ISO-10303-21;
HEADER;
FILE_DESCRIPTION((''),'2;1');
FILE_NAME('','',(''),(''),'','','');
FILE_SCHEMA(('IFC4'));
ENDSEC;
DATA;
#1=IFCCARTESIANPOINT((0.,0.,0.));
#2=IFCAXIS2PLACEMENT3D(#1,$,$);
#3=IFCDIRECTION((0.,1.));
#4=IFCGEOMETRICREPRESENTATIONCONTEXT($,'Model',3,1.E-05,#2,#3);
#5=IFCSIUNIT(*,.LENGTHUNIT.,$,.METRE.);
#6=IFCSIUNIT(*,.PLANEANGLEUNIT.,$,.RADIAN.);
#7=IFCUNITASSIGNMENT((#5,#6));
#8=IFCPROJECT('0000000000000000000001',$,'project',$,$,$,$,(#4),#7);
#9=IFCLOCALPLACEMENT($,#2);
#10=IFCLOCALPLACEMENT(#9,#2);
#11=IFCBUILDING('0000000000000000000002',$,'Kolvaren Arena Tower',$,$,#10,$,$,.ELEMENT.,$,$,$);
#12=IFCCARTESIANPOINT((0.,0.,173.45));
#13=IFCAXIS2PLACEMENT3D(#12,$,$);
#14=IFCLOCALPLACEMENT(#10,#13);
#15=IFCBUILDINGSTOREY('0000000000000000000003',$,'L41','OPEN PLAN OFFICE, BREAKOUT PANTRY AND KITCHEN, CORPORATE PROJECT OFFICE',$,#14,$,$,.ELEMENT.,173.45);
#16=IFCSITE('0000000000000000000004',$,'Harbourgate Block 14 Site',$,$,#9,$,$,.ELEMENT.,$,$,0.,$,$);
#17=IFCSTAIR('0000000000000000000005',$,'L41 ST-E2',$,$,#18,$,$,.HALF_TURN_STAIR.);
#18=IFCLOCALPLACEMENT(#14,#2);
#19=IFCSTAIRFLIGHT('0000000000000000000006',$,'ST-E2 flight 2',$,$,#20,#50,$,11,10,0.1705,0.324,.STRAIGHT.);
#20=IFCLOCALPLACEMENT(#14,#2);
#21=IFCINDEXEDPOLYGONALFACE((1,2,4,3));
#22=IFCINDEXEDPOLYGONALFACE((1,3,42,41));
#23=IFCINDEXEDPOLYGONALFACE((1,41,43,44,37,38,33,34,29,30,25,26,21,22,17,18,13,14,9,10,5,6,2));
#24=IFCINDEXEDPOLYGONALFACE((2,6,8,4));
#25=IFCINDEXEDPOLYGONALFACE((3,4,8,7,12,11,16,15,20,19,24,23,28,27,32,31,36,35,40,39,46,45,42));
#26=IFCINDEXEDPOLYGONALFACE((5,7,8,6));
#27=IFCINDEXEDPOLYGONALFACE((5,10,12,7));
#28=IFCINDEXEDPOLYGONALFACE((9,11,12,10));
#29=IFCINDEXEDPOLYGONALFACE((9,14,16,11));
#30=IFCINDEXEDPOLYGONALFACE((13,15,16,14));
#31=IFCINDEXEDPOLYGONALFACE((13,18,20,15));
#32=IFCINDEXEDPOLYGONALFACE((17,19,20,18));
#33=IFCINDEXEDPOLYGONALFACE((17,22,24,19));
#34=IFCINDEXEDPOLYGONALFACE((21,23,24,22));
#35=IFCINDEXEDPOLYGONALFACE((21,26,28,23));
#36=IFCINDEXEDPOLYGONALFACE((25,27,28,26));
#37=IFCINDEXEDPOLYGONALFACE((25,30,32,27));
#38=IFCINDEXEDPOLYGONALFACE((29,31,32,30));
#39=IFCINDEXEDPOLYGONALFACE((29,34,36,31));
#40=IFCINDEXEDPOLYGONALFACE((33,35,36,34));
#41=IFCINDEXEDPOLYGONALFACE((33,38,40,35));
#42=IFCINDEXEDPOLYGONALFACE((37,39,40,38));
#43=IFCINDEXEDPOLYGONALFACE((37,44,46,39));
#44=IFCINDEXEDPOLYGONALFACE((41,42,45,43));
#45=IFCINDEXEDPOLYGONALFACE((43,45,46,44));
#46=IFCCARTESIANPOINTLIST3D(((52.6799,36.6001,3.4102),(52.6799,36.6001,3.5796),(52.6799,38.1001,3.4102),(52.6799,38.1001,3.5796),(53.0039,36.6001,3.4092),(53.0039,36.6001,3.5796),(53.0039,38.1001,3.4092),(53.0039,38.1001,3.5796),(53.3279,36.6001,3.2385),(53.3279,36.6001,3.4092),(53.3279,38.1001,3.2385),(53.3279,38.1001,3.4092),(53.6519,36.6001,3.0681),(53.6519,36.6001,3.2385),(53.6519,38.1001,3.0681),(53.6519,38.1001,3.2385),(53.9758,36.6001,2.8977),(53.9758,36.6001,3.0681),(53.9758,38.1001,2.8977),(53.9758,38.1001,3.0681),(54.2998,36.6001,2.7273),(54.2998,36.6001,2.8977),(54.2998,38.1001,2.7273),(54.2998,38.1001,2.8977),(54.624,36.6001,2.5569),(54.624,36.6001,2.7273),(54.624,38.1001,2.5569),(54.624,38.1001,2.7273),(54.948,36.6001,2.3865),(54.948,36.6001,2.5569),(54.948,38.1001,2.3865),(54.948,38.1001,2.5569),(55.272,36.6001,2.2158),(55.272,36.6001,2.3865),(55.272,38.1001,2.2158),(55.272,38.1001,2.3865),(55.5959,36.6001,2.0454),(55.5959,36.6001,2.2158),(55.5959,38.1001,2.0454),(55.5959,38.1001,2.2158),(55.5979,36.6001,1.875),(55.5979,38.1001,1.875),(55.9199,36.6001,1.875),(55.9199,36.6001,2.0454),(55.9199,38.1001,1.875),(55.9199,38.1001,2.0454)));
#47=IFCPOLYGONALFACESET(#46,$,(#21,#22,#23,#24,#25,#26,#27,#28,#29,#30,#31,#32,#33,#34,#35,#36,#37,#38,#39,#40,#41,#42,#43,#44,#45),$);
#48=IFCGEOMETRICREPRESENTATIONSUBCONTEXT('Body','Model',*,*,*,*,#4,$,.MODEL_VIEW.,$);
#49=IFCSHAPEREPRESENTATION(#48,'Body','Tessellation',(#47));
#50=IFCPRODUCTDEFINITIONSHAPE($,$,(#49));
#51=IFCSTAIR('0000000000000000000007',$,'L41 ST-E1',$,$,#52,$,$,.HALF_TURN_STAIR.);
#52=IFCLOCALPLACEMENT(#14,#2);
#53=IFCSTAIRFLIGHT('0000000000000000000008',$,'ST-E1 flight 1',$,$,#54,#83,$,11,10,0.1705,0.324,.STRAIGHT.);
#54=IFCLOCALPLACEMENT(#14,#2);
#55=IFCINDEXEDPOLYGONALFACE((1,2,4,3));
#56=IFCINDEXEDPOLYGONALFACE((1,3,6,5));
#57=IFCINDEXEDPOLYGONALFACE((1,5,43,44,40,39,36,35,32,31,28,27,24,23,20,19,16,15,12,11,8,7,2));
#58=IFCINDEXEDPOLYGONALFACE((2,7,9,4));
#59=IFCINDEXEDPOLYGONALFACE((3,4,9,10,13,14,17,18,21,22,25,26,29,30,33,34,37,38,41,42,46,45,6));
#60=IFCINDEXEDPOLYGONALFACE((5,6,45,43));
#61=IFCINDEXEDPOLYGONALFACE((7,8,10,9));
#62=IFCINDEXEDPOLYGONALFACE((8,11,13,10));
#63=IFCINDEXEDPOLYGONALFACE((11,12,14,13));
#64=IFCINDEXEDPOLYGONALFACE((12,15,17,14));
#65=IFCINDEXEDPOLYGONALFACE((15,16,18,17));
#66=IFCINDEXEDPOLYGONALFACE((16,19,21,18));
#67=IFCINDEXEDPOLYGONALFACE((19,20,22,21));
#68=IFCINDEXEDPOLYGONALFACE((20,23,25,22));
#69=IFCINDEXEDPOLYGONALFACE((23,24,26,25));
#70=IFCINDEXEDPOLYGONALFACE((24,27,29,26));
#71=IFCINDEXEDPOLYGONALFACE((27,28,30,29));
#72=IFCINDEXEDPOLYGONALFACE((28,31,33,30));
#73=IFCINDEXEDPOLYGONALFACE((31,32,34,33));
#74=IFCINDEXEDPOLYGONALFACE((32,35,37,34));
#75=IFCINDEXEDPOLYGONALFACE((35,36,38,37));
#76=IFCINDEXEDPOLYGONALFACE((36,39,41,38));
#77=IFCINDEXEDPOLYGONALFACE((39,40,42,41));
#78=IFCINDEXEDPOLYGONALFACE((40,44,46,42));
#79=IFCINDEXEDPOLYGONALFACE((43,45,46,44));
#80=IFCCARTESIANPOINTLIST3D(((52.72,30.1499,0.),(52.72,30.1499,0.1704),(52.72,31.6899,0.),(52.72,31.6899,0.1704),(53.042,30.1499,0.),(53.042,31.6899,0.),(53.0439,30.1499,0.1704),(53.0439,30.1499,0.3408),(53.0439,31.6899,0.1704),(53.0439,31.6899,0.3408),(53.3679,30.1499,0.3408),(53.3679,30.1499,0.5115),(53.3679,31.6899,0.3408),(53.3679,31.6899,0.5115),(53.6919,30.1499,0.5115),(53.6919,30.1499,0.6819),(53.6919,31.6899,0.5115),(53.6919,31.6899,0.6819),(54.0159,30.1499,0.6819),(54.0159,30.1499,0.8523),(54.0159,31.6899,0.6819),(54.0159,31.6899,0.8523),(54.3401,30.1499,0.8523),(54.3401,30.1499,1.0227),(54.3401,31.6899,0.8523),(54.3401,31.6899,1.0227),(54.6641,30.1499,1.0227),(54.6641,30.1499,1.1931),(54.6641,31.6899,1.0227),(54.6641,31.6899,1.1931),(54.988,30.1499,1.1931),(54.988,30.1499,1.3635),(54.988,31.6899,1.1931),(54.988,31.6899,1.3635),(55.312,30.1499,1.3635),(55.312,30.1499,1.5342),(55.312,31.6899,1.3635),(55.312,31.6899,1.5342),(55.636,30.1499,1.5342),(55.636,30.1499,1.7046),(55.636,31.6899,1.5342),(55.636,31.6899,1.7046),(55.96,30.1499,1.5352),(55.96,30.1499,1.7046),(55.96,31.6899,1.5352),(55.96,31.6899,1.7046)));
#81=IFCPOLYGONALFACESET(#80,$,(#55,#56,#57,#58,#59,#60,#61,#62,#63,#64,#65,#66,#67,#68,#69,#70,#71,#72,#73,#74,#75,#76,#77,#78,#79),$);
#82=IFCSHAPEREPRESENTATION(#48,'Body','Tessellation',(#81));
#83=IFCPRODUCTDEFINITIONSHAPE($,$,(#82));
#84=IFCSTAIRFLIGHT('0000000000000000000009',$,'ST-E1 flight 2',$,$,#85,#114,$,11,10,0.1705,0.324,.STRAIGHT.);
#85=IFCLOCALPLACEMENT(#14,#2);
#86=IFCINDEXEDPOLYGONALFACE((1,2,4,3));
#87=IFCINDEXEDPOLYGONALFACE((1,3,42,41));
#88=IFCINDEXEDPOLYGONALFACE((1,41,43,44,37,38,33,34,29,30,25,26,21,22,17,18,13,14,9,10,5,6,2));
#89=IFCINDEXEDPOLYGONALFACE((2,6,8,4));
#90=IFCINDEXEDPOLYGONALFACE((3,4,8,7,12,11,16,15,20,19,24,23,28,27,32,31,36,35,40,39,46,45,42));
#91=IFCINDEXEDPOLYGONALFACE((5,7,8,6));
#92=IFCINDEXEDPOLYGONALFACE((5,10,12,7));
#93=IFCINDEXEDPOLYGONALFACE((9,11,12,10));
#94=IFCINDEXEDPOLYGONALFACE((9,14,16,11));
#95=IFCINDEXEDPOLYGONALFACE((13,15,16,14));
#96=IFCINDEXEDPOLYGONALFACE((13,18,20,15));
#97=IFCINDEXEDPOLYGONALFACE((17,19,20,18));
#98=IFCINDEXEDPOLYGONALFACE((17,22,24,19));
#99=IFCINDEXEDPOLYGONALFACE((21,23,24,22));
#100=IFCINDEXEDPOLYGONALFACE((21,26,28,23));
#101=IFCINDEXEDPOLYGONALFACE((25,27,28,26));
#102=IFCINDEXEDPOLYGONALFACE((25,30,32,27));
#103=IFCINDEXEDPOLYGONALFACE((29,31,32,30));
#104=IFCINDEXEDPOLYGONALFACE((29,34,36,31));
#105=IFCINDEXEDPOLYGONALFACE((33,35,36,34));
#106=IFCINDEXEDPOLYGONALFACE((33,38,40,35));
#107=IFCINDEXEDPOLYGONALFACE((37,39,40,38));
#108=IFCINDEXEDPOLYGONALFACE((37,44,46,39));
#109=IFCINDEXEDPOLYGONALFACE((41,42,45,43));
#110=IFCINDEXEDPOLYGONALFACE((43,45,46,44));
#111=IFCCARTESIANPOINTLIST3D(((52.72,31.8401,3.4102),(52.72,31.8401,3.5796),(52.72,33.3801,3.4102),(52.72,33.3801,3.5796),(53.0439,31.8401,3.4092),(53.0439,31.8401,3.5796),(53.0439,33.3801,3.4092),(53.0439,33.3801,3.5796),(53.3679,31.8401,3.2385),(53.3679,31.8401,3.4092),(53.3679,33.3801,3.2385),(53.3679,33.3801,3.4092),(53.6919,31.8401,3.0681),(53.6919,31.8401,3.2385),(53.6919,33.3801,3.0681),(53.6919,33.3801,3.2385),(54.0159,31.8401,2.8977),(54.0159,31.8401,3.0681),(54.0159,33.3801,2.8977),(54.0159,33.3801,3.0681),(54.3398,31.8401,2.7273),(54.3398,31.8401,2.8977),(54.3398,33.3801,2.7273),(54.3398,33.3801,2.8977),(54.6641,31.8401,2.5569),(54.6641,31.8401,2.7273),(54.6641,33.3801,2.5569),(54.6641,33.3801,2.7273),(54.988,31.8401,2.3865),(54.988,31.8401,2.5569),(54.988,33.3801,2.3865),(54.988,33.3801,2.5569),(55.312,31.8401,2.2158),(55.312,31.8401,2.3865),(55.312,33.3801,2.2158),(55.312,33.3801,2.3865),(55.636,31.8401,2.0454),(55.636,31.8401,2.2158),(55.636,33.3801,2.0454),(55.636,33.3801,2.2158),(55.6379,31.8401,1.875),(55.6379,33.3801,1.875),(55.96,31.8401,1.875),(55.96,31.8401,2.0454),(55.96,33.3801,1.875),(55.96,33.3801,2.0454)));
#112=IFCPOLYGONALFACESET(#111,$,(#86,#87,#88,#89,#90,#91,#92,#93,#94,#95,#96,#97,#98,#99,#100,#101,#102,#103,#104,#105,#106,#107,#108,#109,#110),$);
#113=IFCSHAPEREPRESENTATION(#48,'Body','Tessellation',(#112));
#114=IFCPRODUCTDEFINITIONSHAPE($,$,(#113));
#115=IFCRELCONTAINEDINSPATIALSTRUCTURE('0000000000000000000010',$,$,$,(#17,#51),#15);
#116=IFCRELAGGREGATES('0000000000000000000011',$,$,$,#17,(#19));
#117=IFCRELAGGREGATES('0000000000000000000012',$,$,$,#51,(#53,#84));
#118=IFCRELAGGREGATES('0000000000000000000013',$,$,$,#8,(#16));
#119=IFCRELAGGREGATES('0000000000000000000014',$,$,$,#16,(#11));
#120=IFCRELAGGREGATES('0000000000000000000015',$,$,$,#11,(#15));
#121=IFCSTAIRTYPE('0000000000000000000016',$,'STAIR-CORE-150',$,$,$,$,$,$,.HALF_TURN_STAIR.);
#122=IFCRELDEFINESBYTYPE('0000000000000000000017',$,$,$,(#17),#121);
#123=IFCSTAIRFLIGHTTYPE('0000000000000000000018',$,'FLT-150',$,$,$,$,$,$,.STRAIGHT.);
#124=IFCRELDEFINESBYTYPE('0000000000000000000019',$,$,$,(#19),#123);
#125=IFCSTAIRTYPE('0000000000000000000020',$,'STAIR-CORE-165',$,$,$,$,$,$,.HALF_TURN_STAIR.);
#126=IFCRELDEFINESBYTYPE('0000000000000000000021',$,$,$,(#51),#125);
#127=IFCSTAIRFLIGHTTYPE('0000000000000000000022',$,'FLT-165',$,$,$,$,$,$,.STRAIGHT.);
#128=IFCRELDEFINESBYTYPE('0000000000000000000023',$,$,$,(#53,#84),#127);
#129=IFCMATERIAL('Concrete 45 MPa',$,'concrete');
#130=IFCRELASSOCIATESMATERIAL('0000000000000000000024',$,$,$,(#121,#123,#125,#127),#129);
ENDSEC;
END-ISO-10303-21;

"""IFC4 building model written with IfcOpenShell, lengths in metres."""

from ifc_helpers import new_model, si_unit, direction, frame, origin, place, context, subcontext, project, spatial, polyline, outline, extrude, material, type_object, element, aggregate, save


model = new_model("IFC4")

# Units and contexts
model_context = context("Model", 3, precision=1e-05, world=origin(), true_north=direction((0.0, 1.0)))
body_context = subcontext(model_context, "Body", "Model", "MODEL_VIEW")
ifc_project = project(units=[si_unit("LENGTHUNIT", "METRE"), si_unit("PLANEANGLEUNIT", "RADIAN")], contexts=[model_context])

# Site, building, storey
site_placement = place(None, origin())
site = spatial("IfcSite", under=ifc_project, at=site_placement, Name="Harbourgate Block 14 Site", CompositionType="ELEMENT", RefElevation=0.0)
building_placement = place(site_placement, origin())
building = spatial("IfcBuilding", under=site, at=building_placement, Name="Kolvaren Arena Tower", CompositionType="ELEMENT")
storey_placement = place(building_placement, frame((0.0, 0.0, 173.45)))
storey = spatial("IfcBuildingStorey", under=building, at=storey_placement, Name="L41", Description="OPEN PLAN OFFICE, BREAKOUT PANTRY AND KITCHEN, CORPORATE PROJECT OFFICE", CompositionType="ELEMENT", Elevation=173.45)

# Shared definitions
ifc_material_1 = material(Name="Concrete 45 MPa", Category="concrete")

# Stair, stair flight
stair_type_1 = type_object("IfcStairType", Name="STAIR-CORE-150", PredefinedType="HALF_TURN_STAIR", material=ifc_material_1)
stair_1_placement = place(storey_placement, origin())
stair_1 = element("IfcStair", 1, at=stair_1_placement, inside=storey, type_object=stair_type_1, Name="L41 ST-E2", PredefinedType="HALF_TURN_STAIR")
stair_flight_type_1 = type_object("IfcStairFlightType", Name="FLT-150", PredefinedType="STRAIGHT", material=ifc_material_1)
stair_flight_1_placement = place(storey_placement, frame((55.9199, 37.3501, 1.875), z_axis=(0.0, 0.0, 1.0), x_axis=(-1.0, 0.0, 0.0)))
stair_flight_1 = element("IfcStairFlight", 2, at=stair_flight_1_placement, type_object=stair_flight_type_1, Name="ST-E2 flight 2", NumberOfRisers=11, NumberOfTreads=10, PredefinedType="STRAIGHT", RiserHeight=0.1705, TreadLength=0.324, context=body_context, shape_type="SweptSolid", body=[
    extrude(outline(polyline([(0.0, 0.0), (0.0, 0.1704), (0.324, 0.1704), (0.324, 0.3408), (0.6479, 0.3408), (0.6479, 0.5115), (0.9719, 0.5115), (0.9719, 0.6819), (1.2959, 0.6819), (1.2959, 0.8523), (1.6201, 0.8523), (1.6201, 1.0227), (1.9441, 1.0227), (1.9441, 1.1931), (2.2681, 1.1931), (2.2681, 1.3635), (2.592, 1.3635), (2.592, 1.5342), (2.916, 1.5342), (2.916, 1.7046), (3.24, 1.7046), (3.24, 1.875), (3.24, 1.5352), (0.322, 0.0), (0.0, 0.0)])), frame((0.0, 0.75, 0.0), z_axis=(0.0, -1.0, 0.0), x_axis=(1.0, 0.0, 0.0)), (0.0, 0.0, 1.0), 1.5),
])
aggregate(stair_1, [stair_flight_1])

# Stair, stair flights
stair_type_2 = type_object("IfcStairType", Name="STAIR-CORE-165", PredefinedType="HALF_TURN_STAIR", material=ifc_material_1)
stair_2_placement = place(storey_placement, origin())
stair_2 = element("IfcStair", 3, at=stair_2_placement, inside=storey, type_object=stair_type_2, Name="L41 ST-E1", PredefinedType="HALF_TURN_STAIR")
stair_flight_type_2 = type_object("IfcStairFlightType", Name="FLT-165", PredefinedType="STRAIGHT", material=ifc_material_1)
stair_flight_2_placement = place(storey_placement, frame((52.72, 30.9199, 0.0), z_axis=(0.0, 0.0, 1.0), x_axis=(1.0, 0.0, 0.0)))
stair_flight_2 = element("IfcStairFlight", 4, at=stair_flight_2_placement, type_object=stair_flight_type_2, Name="ST-E1 flight 1", NumberOfRisers=11, NumberOfTreads=10, PredefinedType="STRAIGHT", RiserHeight=0.1705, TreadLength=0.324, context=body_context, shape_type="SweptSolid", body=[
    extrude(outline(polyline([(0.0, 0.0), (0.0, 0.1704), (0.324, 0.1704), (0.324, 0.3408), (0.6479, 0.3408), (0.6479, 0.5115), (0.9719, 0.5115), (0.9719, 0.6819), (1.2959, 0.6819), (1.2959, 0.8523), (1.6201, 0.8523), (1.6201, 1.0227), (1.9441, 1.0227), (1.9441, 1.1931), (2.2681, 1.1931), (2.2681, 1.3635), (2.592, 1.3635), (2.592, 1.5342), (2.916, 1.5342), (2.916, 1.7046), (3.24, 1.7046), (3.24, 1.875), (3.24, 1.5352), (0.322, 0.0), (0.0, 0.0)])), frame((0.0, 0.77, 0.0), z_axis=(0.0, -1.0, 0.0), x_axis=(1.0, 0.0, 0.0)), (0.0, 0.0, 1.0), 1.54),
])
stair_flight_3_placement = place(storey_placement, frame((55.96, 32.6101, 1.875), z_axis=(0.0, 0.0, 1.0), x_axis=(-1.0, 0.0, 0.0)))
stair_flight_3 = element("IfcStairFlight", 5, at=stair_flight_3_placement, type_object=stair_flight_type_2, Name="ST-E1 flight 2", NumberOfRisers=11, NumberOfTreads=10, PredefinedType="STRAIGHT", RiserHeight=0.1705, TreadLength=0.324, context=body_context, shape_type="SweptSolid", body=[
    extrude(outline(polyline([(0.0, 0.0), (0.0, 0.1704), (0.324, 0.1704), (0.324, 0.3408), (0.6479, 0.3408), (0.6479, 0.5115), (0.9719, 0.5115), (0.9719, 0.6819), (1.2959, 0.6819), (1.2959, 0.8523), (1.6201, 0.8523), (1.6201, 1.0227), (1.9441, 1.0227), (1.9441, 1.1931), (2.2681, 1.1931), (2.2681, 1.3635), (2.592, 1.3635), (2.592, 1.5342), (2.916, 1.5342), (2.916, 1.7046), (3.24, 1.7046), (3.24, 1.875), (3.24, 1.5352), (0.322, 0.0), (0.0, 0.0)])), frame((0.0, 0.77, 0.0), z_axis=(0.0, -1.0, 0.0), x_axis=(1.0, 0.0, 0.0)), (0.0, 0.0, 1.0), 1.54),
])
aggregate(stair_2, [stair_flight_2, stair_flight_3])

save(model, "model.ifc")
